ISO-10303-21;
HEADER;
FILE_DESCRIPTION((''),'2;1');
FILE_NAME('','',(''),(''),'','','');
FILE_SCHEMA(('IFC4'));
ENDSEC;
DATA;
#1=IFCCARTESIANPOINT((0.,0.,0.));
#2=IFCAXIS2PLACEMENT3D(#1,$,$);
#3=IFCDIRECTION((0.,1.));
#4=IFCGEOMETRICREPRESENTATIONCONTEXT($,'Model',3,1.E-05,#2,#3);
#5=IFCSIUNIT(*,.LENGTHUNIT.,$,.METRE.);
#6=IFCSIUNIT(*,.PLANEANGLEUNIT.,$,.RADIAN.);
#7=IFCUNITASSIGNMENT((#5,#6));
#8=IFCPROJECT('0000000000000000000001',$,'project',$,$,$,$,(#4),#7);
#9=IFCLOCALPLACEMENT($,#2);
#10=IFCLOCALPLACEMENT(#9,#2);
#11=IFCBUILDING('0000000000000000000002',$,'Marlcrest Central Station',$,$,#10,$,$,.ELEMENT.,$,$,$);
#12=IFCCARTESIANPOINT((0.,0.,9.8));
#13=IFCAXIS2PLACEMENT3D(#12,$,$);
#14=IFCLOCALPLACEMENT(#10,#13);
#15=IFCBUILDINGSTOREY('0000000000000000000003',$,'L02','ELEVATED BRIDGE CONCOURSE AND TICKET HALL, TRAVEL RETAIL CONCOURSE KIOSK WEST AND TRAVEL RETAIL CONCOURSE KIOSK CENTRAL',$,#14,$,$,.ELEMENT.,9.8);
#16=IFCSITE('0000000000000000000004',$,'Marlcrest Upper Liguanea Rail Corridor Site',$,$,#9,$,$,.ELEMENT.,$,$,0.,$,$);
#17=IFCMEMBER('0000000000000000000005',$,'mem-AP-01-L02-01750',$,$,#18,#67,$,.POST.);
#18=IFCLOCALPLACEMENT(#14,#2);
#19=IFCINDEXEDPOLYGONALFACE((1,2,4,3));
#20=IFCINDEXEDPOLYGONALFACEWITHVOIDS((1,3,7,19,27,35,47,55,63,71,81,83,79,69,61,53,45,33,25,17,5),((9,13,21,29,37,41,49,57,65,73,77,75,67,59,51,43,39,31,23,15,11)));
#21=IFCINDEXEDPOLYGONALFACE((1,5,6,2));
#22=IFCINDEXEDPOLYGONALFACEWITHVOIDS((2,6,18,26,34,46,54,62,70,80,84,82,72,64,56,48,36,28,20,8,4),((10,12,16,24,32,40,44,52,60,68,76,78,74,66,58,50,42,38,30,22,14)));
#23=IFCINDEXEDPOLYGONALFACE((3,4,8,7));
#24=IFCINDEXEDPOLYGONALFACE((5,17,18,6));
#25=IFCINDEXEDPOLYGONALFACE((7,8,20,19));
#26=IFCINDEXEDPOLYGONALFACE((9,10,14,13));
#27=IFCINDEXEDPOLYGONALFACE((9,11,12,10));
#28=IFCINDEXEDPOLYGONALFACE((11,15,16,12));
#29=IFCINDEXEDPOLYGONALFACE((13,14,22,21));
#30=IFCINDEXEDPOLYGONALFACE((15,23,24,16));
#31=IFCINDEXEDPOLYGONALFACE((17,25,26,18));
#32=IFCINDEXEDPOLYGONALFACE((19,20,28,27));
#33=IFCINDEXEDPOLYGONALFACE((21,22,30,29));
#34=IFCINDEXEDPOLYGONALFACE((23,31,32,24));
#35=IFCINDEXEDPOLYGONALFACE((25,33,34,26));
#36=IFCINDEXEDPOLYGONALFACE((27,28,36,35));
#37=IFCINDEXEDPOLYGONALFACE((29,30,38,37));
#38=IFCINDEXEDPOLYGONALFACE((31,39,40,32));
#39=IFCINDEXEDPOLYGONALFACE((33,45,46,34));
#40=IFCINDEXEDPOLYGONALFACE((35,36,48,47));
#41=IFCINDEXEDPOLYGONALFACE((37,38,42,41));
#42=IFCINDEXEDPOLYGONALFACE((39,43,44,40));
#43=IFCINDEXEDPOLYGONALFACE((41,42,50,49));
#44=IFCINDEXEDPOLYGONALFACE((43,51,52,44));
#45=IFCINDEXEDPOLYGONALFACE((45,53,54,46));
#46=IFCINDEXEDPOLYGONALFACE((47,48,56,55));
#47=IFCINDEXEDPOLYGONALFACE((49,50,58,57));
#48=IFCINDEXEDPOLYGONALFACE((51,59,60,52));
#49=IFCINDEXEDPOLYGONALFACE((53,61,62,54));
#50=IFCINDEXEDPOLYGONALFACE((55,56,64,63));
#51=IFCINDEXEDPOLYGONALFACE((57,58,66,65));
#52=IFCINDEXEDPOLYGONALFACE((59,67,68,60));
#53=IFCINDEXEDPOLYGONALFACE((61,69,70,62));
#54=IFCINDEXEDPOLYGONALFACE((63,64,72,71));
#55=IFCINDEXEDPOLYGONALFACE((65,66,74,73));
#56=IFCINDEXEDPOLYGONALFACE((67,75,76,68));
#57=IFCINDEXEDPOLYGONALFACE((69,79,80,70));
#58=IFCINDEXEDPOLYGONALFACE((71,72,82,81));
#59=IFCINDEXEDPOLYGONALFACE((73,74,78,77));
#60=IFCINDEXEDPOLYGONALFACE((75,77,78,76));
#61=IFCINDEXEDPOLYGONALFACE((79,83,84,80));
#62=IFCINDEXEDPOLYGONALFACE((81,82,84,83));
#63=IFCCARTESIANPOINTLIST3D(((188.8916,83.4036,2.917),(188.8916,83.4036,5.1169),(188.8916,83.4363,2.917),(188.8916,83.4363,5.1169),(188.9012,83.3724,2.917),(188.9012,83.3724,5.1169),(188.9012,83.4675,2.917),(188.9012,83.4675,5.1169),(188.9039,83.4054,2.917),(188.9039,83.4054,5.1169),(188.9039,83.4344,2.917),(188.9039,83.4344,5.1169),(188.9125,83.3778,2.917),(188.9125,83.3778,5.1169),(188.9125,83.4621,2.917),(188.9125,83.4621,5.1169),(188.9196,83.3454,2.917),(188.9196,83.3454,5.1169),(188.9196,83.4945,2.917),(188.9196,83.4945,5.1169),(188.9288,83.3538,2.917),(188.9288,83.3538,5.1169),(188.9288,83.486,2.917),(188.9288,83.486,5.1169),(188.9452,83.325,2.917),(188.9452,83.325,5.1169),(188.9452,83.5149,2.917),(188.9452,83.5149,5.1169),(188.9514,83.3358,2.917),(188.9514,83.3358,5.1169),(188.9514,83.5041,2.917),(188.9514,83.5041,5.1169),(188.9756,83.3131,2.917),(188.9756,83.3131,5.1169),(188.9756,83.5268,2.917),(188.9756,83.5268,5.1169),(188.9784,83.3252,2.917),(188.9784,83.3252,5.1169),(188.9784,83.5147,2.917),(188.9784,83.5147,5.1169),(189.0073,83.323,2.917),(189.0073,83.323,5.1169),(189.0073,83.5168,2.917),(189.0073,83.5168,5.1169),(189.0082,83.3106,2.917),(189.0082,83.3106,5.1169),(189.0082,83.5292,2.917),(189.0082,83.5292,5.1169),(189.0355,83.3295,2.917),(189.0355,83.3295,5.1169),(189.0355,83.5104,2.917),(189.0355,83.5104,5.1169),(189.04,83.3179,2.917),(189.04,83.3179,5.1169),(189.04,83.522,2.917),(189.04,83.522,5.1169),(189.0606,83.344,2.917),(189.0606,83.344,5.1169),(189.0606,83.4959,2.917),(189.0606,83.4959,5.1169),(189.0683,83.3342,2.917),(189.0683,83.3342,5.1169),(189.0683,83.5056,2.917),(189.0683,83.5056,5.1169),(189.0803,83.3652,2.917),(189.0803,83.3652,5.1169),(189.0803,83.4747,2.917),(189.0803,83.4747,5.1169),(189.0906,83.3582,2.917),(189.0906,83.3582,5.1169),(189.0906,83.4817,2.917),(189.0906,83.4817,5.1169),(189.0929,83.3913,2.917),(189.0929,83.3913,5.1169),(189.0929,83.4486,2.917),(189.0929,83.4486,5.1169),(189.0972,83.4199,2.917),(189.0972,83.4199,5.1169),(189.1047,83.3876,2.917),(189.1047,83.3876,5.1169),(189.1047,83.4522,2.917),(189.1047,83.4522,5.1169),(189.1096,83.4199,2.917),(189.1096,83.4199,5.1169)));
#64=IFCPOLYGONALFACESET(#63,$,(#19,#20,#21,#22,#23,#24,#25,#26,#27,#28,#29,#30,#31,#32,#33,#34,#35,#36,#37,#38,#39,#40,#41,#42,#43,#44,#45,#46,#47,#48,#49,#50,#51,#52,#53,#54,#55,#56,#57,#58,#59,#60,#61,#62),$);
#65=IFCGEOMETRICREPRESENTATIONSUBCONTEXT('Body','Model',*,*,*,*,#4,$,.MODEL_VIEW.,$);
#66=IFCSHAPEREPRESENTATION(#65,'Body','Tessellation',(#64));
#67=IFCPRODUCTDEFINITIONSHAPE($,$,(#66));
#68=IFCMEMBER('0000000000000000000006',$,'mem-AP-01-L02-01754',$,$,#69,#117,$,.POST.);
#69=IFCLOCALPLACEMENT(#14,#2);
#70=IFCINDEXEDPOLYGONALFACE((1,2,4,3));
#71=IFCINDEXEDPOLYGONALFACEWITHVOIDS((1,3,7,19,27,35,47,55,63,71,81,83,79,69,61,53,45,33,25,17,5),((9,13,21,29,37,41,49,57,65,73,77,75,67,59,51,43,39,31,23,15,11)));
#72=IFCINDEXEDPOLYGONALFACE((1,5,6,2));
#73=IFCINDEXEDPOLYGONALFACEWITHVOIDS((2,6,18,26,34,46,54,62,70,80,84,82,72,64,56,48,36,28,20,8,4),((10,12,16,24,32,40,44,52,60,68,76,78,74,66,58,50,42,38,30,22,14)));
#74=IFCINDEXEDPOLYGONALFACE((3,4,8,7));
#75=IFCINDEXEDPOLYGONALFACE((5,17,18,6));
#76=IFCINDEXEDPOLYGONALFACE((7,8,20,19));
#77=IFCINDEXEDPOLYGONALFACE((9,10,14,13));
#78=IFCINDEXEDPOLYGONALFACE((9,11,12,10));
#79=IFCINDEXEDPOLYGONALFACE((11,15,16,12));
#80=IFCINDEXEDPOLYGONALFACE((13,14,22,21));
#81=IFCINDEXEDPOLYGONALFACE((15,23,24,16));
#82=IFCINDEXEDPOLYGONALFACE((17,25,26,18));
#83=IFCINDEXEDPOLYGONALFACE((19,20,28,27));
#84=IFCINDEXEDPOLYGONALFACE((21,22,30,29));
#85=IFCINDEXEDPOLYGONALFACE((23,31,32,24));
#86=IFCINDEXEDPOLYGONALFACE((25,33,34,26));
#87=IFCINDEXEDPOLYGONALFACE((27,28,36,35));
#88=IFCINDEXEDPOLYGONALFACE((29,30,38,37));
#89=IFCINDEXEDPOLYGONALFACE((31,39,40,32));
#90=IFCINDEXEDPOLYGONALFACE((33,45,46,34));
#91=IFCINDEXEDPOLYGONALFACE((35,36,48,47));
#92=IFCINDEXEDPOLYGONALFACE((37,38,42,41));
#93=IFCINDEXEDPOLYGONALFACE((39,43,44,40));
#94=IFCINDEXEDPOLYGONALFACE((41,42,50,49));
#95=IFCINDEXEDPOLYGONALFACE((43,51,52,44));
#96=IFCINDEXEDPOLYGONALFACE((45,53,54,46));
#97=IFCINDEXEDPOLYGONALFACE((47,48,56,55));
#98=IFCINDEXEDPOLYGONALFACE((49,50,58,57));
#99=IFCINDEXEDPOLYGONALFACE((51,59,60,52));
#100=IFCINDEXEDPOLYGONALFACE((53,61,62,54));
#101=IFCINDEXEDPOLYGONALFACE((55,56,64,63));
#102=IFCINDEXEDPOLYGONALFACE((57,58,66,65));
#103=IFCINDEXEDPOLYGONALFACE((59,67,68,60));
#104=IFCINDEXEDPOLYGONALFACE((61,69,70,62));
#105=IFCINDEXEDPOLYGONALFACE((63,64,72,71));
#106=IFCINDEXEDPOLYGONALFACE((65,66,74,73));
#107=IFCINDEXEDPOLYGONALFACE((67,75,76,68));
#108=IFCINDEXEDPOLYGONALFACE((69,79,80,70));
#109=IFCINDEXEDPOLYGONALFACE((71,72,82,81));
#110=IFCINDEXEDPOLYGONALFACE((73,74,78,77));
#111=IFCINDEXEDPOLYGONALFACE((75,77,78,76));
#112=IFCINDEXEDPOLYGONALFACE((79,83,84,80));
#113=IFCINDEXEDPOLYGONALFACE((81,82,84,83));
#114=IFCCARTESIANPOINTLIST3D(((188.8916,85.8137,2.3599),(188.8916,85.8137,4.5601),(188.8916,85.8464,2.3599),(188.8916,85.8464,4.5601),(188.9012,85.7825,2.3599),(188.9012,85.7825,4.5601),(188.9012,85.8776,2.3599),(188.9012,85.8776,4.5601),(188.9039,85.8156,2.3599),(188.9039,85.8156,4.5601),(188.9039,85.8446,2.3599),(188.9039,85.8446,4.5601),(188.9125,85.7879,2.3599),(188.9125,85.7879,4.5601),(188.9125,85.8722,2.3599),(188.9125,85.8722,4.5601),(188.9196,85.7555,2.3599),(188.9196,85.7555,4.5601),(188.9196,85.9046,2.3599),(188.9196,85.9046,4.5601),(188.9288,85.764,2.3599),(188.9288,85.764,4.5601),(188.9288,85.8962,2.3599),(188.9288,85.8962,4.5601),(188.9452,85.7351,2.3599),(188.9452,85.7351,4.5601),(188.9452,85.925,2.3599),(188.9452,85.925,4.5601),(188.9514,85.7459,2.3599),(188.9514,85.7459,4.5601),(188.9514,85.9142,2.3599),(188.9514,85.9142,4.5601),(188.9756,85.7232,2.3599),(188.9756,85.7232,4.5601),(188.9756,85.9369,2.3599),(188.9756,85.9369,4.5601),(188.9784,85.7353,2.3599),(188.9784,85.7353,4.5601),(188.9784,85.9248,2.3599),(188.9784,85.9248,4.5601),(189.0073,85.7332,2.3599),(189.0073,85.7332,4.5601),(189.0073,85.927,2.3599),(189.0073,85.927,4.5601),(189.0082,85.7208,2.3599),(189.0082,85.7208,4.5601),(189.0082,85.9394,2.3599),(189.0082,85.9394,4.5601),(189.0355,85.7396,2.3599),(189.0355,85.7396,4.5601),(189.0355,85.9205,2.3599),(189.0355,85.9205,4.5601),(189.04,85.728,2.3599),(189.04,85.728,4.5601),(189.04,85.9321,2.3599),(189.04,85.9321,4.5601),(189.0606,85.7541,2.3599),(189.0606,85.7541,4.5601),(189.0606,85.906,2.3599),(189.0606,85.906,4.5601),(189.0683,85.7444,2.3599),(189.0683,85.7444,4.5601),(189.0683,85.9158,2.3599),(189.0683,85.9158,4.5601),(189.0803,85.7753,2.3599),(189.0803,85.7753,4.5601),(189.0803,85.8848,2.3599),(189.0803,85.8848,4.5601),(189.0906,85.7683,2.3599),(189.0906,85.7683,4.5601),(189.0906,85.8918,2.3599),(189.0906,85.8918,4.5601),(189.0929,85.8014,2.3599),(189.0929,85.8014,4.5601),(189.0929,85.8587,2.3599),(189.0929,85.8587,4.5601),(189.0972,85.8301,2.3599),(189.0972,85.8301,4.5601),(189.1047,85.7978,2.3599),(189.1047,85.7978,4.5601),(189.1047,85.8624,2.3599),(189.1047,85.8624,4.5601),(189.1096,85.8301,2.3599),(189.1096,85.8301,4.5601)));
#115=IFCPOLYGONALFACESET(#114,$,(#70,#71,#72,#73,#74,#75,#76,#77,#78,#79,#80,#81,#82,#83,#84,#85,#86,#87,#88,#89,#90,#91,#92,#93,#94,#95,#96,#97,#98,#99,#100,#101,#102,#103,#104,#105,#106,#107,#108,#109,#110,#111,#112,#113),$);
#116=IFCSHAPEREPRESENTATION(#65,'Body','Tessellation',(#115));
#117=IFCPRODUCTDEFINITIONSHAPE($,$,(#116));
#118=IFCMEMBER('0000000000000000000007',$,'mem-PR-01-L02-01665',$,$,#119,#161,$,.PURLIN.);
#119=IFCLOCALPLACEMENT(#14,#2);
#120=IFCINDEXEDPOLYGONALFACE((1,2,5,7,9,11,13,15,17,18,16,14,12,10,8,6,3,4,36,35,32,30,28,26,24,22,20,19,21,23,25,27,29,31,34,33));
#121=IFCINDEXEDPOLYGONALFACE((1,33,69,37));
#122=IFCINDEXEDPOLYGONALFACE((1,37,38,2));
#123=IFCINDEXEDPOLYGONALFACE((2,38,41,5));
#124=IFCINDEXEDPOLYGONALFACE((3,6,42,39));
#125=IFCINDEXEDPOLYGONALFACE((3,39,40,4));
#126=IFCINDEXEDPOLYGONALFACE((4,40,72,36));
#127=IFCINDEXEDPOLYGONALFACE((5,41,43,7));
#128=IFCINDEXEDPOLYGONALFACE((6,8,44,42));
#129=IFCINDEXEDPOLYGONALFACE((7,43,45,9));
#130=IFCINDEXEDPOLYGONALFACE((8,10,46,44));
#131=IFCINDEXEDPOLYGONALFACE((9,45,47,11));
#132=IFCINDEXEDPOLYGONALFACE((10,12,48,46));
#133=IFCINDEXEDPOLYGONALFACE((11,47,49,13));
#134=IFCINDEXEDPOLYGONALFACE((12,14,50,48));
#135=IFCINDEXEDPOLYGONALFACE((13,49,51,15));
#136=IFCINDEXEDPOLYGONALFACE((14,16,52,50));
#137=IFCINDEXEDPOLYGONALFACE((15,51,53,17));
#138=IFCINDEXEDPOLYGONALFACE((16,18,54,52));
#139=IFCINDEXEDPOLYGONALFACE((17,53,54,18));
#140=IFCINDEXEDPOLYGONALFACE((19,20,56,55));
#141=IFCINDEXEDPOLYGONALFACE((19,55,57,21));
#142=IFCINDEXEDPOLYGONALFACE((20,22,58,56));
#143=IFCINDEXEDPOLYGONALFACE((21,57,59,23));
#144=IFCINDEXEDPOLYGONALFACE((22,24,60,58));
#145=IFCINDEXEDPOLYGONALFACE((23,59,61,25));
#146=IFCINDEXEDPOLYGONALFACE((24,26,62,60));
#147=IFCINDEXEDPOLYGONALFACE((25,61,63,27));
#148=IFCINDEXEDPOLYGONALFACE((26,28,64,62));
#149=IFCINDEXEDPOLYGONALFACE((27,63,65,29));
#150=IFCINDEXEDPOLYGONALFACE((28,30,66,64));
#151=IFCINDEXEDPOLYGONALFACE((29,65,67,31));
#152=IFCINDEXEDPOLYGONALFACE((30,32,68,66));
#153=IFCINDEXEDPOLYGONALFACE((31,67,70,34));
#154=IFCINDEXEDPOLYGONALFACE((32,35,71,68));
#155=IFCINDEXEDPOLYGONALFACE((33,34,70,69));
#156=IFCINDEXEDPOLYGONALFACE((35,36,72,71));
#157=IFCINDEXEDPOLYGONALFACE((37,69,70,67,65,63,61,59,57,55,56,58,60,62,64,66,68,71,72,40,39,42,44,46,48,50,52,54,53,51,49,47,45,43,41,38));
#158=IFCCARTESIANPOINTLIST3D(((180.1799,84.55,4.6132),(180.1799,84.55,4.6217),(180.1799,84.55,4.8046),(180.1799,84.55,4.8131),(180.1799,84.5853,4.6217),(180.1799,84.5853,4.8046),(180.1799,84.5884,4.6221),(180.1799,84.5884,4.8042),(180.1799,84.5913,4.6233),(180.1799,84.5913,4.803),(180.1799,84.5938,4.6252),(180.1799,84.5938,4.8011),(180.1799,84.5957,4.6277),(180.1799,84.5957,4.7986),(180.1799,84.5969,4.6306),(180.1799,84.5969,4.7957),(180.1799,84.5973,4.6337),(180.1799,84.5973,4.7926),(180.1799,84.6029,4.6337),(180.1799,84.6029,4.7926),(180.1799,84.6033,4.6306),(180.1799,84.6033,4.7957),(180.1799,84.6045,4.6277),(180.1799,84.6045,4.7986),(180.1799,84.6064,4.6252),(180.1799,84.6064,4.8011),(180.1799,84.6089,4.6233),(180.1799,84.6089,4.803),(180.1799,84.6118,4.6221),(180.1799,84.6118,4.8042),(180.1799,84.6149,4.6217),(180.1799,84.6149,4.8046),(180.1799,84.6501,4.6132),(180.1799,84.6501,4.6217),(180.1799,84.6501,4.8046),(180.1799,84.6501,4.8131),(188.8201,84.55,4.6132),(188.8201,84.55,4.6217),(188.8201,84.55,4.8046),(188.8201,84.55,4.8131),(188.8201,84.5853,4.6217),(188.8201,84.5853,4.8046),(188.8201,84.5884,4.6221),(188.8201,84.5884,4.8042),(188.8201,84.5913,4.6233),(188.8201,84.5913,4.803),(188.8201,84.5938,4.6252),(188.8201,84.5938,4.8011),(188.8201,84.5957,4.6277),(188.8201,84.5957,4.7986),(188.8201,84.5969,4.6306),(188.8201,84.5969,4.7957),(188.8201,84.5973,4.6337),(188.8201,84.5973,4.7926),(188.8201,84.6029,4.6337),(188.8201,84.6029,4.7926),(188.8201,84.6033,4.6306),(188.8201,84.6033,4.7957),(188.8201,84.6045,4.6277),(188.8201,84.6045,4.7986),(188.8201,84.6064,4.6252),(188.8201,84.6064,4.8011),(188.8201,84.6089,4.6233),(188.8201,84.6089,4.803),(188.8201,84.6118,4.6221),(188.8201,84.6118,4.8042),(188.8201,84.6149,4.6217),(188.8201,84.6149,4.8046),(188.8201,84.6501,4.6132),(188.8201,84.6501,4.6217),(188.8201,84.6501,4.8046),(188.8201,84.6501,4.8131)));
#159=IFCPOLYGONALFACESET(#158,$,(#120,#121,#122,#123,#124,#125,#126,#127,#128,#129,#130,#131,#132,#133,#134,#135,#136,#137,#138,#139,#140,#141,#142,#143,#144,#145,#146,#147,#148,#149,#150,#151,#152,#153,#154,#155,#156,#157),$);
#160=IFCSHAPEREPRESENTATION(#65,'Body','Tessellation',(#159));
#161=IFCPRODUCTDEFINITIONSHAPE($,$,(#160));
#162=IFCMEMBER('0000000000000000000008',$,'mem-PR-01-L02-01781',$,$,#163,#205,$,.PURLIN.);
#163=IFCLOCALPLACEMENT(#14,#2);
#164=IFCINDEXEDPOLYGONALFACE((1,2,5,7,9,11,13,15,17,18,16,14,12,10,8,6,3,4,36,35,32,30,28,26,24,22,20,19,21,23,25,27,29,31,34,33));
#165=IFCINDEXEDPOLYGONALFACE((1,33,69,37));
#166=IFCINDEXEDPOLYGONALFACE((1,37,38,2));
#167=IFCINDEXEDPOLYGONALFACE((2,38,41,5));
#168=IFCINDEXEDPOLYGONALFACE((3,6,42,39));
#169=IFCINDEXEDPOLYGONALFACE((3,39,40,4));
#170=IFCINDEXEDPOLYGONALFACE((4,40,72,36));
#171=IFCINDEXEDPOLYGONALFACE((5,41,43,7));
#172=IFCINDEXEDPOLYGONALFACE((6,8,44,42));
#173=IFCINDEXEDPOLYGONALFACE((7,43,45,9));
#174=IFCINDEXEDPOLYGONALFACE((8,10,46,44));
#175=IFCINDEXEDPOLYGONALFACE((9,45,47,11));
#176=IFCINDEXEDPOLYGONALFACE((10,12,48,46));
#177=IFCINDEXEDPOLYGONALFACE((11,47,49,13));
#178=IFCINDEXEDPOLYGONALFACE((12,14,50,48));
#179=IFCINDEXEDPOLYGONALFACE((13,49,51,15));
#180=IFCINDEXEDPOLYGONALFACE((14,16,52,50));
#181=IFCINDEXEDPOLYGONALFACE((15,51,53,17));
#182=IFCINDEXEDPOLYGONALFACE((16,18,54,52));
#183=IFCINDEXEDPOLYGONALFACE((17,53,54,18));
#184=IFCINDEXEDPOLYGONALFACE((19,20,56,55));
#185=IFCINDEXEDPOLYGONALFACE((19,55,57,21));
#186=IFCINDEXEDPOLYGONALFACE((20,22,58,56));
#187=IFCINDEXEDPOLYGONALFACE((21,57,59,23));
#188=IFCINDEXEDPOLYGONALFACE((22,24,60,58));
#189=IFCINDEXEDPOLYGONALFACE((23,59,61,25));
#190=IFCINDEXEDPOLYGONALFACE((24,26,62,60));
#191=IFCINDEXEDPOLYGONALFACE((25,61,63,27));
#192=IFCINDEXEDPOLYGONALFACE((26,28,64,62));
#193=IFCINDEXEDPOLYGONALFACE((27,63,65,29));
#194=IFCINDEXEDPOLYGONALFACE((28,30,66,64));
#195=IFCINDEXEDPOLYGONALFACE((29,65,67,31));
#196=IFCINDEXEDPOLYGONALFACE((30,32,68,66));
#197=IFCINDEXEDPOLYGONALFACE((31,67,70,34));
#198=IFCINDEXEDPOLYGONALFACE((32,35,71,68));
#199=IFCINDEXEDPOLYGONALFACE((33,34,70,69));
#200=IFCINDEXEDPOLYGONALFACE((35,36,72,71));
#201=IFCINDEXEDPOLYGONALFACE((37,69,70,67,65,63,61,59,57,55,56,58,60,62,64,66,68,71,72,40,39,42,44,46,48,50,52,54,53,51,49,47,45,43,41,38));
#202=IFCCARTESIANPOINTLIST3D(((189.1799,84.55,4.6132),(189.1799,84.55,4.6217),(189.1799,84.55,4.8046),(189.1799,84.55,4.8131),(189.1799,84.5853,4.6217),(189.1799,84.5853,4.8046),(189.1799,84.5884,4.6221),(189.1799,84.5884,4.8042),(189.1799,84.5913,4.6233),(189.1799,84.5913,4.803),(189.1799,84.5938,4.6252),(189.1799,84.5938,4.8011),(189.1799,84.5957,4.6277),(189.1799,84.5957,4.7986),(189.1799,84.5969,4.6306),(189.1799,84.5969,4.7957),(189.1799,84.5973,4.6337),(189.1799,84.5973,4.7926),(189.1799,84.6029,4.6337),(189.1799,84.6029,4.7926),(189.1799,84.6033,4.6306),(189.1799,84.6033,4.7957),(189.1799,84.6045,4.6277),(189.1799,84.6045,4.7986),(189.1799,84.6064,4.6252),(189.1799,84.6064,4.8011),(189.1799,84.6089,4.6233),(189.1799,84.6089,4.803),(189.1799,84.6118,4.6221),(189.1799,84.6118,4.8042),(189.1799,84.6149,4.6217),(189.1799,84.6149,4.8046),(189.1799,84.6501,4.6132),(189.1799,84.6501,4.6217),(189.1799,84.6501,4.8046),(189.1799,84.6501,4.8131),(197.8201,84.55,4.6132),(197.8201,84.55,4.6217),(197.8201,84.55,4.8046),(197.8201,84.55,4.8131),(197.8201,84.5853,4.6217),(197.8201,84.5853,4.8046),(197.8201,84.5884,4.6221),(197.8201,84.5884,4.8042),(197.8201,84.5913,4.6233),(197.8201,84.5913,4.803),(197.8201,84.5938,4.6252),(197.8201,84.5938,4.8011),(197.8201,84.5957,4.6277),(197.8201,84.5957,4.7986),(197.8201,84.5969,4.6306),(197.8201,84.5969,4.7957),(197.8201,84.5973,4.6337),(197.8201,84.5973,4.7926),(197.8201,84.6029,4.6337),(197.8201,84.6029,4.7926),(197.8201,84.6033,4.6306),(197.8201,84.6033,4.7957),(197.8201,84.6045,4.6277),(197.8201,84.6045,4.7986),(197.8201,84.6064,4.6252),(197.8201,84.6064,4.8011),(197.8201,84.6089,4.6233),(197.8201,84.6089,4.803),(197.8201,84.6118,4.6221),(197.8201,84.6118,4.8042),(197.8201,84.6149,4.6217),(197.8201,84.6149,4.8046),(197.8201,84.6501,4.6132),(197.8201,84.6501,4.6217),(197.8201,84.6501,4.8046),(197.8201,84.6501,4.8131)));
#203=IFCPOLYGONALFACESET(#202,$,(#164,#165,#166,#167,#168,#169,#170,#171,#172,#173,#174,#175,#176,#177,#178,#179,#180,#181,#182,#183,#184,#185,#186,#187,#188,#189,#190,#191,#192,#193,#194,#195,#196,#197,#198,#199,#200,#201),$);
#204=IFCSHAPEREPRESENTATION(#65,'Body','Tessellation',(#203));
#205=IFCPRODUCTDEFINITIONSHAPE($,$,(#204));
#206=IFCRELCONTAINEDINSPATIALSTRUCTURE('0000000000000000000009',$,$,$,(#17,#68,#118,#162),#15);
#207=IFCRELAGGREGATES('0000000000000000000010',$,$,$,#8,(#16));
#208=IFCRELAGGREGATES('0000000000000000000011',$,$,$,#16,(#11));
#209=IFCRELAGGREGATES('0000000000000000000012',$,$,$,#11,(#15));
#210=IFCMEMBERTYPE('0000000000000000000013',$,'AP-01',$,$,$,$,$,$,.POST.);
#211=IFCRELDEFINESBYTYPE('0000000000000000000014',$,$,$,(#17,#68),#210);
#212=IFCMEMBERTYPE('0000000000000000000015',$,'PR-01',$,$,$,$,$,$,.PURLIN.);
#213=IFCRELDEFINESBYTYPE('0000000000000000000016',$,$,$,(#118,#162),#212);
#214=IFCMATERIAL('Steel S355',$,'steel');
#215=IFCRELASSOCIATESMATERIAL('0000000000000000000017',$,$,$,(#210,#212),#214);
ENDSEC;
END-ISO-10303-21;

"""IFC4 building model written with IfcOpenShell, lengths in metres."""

from ifc_helpers import new_model, si_unit, direction, frame, origin, origin_2d, place, context, subcontext, project, spatial, hollow_circle, i_section, extrude, material, material_profile, profile_set, type_object, element, save


model = new_model("IFC4")

# Units and contexts
model_context = context("Model", 3, precision=1e-05, world=origin(), true_north=direction((0.0, 1.0)))
body_context = subcontext(model_context, "Body", "Model", "MODEL_VIEW")
ifc_project = project(units=[si_unit("LENGTHUNIT", "METRE"), si_unit("PLANEANGLEUNIT", "RADIAN")], contexts=[model_context])

# Site, building, storey
site_placement = place(None, origin())
site = spatial("IfcSite", under=ifc_project, at=site_placement, Name="Marlcrest Upper Liguanea Rail Corridor Site", CompositionType="ELEMENT", RefElevation=0.0)
building_placement = place(site_placement, origin())
building = spatial("IfcBuilding", under=site, at=building_placement, Name="Marlcrest Central Station", CompositionType="ELEMENT")
storey_placement = place(building_placement, frame((0.0, 0.0, 9.8)))
storey = spatial("IfcBuildingStorey", under=building, at=storey_placement, Name="L02", Description="ELEVATED BRIDGE CONCOURSE AND TICKET HALL, TRAVEL RETAIL CONCOURSE KIOSK WEST AND TRAVEL RETAIL CONCOURSE KIOSK CENTRAL", CompositionType="ELEMENT", Elevation=9.8)

# Members
ifc_material_1 = material(Name="Steel S355", Category="steel")
ifc_material_profile_1 = material_profile(ifc_material_1, hollow_circle(Radius=0.1096, WallThickness=0.0125, at=origin_2d()), Name="CHS 219.1x12.5")
ifc_profile_set_1 = profile_set([ifc_material_profile_1], Name="Steel S355")
member_type_1 = type_object("IfcMemberType", Name="AP-01", PredefinedType="POST", material=ifc_profile_set_1)
member_1_placement = place(storey_placement, frame((189.0, 83.4199, 2.917), z_axis=(0.0, 0.0, 1.0), x_axis=(1.0, 0.0, 0.0)))
element("IfcMember", 1, at=member_1_placement, inside=storey, type_object=member_type_1, Name="mem-AP-01-L02-01750", PredefinedType="POST", context=body_context, shape_type="SweptSolid", body=[
    extrude(hollow_circle(Radius=0.1096, WallThickness=0.0125, at=origin_2d()), origin(), (0.0, 0.0, 1.0), 2.2),
])
member_2_placement = place(storey_placement, frame((189.0, 85.8301, 2.3599), z_axis=(0.0, 0.0, 1.0), x_axis=(1.0, 0.0, 0.0)))
element("IfcMember", 2, at=member_2_placement, inside=storey, type_object=member_type_1, Name="mem-AP-01-L02-01754", PredefinedType="POST", context=body_context, shape_type="SweptSolid", body=[
    extrude(hollow_circle(Radius=0.1096, WallThickness=0.0125, at=origin_2d()), origin(), (0.0, 0.0, 1.0), 2.2002),
])
ifc_material_profile_2 = material_profile(ifc_material_1, i_section(OverallWidth=0.1001, OverallDepth=0.2, WebThickness=0.0056, FlangeThickness=0.0085, FilletRadius=0.012, at=origin_2d()), Name="IPE 200")
ifc_profile_set_2 = profile_set([ifc_material_profile_2], Name="Steel S355")
member_type_2 = type_object("IfcMemberType", Name="PR-01", PredefinedType="PURLIN", material=ifc_profile_set_2)
for number, where, z_axis, x_axis, name in (
    (3, (180.1799, 84.6001, 4.7131), (1.0, 0.0, 0.0), (0.0, 1.0, 0.0), "mem-PR-01-L02-01665"),
    (4, (189.1799, 84.6001, 4.7131), (1.0, 0.0, 0.0), (0.0, 1.0, 0.0), "mem-PR-01-L02-01781"),
):
    element("IfcMember", number, at=place(storey_placement, frame(where, z_axis=z_axis, x_axis=x_axis)), inside=storey, type_object=member_type_2, Name=name, PredefinedType="PURLIN", context=body_context, shape_type="SweptSolid", body=[
        extrude(i_section(OverallWidth=0.1001, OverallDepth=0.2, WebThickness=0.0056, FlangeThickness=0.0085, FilletRadius=0.012, at=origin_2d()), origin(), (0.0, 0.0, 1.0), 8.6401),
    ])

save(model, "model.ifc")
